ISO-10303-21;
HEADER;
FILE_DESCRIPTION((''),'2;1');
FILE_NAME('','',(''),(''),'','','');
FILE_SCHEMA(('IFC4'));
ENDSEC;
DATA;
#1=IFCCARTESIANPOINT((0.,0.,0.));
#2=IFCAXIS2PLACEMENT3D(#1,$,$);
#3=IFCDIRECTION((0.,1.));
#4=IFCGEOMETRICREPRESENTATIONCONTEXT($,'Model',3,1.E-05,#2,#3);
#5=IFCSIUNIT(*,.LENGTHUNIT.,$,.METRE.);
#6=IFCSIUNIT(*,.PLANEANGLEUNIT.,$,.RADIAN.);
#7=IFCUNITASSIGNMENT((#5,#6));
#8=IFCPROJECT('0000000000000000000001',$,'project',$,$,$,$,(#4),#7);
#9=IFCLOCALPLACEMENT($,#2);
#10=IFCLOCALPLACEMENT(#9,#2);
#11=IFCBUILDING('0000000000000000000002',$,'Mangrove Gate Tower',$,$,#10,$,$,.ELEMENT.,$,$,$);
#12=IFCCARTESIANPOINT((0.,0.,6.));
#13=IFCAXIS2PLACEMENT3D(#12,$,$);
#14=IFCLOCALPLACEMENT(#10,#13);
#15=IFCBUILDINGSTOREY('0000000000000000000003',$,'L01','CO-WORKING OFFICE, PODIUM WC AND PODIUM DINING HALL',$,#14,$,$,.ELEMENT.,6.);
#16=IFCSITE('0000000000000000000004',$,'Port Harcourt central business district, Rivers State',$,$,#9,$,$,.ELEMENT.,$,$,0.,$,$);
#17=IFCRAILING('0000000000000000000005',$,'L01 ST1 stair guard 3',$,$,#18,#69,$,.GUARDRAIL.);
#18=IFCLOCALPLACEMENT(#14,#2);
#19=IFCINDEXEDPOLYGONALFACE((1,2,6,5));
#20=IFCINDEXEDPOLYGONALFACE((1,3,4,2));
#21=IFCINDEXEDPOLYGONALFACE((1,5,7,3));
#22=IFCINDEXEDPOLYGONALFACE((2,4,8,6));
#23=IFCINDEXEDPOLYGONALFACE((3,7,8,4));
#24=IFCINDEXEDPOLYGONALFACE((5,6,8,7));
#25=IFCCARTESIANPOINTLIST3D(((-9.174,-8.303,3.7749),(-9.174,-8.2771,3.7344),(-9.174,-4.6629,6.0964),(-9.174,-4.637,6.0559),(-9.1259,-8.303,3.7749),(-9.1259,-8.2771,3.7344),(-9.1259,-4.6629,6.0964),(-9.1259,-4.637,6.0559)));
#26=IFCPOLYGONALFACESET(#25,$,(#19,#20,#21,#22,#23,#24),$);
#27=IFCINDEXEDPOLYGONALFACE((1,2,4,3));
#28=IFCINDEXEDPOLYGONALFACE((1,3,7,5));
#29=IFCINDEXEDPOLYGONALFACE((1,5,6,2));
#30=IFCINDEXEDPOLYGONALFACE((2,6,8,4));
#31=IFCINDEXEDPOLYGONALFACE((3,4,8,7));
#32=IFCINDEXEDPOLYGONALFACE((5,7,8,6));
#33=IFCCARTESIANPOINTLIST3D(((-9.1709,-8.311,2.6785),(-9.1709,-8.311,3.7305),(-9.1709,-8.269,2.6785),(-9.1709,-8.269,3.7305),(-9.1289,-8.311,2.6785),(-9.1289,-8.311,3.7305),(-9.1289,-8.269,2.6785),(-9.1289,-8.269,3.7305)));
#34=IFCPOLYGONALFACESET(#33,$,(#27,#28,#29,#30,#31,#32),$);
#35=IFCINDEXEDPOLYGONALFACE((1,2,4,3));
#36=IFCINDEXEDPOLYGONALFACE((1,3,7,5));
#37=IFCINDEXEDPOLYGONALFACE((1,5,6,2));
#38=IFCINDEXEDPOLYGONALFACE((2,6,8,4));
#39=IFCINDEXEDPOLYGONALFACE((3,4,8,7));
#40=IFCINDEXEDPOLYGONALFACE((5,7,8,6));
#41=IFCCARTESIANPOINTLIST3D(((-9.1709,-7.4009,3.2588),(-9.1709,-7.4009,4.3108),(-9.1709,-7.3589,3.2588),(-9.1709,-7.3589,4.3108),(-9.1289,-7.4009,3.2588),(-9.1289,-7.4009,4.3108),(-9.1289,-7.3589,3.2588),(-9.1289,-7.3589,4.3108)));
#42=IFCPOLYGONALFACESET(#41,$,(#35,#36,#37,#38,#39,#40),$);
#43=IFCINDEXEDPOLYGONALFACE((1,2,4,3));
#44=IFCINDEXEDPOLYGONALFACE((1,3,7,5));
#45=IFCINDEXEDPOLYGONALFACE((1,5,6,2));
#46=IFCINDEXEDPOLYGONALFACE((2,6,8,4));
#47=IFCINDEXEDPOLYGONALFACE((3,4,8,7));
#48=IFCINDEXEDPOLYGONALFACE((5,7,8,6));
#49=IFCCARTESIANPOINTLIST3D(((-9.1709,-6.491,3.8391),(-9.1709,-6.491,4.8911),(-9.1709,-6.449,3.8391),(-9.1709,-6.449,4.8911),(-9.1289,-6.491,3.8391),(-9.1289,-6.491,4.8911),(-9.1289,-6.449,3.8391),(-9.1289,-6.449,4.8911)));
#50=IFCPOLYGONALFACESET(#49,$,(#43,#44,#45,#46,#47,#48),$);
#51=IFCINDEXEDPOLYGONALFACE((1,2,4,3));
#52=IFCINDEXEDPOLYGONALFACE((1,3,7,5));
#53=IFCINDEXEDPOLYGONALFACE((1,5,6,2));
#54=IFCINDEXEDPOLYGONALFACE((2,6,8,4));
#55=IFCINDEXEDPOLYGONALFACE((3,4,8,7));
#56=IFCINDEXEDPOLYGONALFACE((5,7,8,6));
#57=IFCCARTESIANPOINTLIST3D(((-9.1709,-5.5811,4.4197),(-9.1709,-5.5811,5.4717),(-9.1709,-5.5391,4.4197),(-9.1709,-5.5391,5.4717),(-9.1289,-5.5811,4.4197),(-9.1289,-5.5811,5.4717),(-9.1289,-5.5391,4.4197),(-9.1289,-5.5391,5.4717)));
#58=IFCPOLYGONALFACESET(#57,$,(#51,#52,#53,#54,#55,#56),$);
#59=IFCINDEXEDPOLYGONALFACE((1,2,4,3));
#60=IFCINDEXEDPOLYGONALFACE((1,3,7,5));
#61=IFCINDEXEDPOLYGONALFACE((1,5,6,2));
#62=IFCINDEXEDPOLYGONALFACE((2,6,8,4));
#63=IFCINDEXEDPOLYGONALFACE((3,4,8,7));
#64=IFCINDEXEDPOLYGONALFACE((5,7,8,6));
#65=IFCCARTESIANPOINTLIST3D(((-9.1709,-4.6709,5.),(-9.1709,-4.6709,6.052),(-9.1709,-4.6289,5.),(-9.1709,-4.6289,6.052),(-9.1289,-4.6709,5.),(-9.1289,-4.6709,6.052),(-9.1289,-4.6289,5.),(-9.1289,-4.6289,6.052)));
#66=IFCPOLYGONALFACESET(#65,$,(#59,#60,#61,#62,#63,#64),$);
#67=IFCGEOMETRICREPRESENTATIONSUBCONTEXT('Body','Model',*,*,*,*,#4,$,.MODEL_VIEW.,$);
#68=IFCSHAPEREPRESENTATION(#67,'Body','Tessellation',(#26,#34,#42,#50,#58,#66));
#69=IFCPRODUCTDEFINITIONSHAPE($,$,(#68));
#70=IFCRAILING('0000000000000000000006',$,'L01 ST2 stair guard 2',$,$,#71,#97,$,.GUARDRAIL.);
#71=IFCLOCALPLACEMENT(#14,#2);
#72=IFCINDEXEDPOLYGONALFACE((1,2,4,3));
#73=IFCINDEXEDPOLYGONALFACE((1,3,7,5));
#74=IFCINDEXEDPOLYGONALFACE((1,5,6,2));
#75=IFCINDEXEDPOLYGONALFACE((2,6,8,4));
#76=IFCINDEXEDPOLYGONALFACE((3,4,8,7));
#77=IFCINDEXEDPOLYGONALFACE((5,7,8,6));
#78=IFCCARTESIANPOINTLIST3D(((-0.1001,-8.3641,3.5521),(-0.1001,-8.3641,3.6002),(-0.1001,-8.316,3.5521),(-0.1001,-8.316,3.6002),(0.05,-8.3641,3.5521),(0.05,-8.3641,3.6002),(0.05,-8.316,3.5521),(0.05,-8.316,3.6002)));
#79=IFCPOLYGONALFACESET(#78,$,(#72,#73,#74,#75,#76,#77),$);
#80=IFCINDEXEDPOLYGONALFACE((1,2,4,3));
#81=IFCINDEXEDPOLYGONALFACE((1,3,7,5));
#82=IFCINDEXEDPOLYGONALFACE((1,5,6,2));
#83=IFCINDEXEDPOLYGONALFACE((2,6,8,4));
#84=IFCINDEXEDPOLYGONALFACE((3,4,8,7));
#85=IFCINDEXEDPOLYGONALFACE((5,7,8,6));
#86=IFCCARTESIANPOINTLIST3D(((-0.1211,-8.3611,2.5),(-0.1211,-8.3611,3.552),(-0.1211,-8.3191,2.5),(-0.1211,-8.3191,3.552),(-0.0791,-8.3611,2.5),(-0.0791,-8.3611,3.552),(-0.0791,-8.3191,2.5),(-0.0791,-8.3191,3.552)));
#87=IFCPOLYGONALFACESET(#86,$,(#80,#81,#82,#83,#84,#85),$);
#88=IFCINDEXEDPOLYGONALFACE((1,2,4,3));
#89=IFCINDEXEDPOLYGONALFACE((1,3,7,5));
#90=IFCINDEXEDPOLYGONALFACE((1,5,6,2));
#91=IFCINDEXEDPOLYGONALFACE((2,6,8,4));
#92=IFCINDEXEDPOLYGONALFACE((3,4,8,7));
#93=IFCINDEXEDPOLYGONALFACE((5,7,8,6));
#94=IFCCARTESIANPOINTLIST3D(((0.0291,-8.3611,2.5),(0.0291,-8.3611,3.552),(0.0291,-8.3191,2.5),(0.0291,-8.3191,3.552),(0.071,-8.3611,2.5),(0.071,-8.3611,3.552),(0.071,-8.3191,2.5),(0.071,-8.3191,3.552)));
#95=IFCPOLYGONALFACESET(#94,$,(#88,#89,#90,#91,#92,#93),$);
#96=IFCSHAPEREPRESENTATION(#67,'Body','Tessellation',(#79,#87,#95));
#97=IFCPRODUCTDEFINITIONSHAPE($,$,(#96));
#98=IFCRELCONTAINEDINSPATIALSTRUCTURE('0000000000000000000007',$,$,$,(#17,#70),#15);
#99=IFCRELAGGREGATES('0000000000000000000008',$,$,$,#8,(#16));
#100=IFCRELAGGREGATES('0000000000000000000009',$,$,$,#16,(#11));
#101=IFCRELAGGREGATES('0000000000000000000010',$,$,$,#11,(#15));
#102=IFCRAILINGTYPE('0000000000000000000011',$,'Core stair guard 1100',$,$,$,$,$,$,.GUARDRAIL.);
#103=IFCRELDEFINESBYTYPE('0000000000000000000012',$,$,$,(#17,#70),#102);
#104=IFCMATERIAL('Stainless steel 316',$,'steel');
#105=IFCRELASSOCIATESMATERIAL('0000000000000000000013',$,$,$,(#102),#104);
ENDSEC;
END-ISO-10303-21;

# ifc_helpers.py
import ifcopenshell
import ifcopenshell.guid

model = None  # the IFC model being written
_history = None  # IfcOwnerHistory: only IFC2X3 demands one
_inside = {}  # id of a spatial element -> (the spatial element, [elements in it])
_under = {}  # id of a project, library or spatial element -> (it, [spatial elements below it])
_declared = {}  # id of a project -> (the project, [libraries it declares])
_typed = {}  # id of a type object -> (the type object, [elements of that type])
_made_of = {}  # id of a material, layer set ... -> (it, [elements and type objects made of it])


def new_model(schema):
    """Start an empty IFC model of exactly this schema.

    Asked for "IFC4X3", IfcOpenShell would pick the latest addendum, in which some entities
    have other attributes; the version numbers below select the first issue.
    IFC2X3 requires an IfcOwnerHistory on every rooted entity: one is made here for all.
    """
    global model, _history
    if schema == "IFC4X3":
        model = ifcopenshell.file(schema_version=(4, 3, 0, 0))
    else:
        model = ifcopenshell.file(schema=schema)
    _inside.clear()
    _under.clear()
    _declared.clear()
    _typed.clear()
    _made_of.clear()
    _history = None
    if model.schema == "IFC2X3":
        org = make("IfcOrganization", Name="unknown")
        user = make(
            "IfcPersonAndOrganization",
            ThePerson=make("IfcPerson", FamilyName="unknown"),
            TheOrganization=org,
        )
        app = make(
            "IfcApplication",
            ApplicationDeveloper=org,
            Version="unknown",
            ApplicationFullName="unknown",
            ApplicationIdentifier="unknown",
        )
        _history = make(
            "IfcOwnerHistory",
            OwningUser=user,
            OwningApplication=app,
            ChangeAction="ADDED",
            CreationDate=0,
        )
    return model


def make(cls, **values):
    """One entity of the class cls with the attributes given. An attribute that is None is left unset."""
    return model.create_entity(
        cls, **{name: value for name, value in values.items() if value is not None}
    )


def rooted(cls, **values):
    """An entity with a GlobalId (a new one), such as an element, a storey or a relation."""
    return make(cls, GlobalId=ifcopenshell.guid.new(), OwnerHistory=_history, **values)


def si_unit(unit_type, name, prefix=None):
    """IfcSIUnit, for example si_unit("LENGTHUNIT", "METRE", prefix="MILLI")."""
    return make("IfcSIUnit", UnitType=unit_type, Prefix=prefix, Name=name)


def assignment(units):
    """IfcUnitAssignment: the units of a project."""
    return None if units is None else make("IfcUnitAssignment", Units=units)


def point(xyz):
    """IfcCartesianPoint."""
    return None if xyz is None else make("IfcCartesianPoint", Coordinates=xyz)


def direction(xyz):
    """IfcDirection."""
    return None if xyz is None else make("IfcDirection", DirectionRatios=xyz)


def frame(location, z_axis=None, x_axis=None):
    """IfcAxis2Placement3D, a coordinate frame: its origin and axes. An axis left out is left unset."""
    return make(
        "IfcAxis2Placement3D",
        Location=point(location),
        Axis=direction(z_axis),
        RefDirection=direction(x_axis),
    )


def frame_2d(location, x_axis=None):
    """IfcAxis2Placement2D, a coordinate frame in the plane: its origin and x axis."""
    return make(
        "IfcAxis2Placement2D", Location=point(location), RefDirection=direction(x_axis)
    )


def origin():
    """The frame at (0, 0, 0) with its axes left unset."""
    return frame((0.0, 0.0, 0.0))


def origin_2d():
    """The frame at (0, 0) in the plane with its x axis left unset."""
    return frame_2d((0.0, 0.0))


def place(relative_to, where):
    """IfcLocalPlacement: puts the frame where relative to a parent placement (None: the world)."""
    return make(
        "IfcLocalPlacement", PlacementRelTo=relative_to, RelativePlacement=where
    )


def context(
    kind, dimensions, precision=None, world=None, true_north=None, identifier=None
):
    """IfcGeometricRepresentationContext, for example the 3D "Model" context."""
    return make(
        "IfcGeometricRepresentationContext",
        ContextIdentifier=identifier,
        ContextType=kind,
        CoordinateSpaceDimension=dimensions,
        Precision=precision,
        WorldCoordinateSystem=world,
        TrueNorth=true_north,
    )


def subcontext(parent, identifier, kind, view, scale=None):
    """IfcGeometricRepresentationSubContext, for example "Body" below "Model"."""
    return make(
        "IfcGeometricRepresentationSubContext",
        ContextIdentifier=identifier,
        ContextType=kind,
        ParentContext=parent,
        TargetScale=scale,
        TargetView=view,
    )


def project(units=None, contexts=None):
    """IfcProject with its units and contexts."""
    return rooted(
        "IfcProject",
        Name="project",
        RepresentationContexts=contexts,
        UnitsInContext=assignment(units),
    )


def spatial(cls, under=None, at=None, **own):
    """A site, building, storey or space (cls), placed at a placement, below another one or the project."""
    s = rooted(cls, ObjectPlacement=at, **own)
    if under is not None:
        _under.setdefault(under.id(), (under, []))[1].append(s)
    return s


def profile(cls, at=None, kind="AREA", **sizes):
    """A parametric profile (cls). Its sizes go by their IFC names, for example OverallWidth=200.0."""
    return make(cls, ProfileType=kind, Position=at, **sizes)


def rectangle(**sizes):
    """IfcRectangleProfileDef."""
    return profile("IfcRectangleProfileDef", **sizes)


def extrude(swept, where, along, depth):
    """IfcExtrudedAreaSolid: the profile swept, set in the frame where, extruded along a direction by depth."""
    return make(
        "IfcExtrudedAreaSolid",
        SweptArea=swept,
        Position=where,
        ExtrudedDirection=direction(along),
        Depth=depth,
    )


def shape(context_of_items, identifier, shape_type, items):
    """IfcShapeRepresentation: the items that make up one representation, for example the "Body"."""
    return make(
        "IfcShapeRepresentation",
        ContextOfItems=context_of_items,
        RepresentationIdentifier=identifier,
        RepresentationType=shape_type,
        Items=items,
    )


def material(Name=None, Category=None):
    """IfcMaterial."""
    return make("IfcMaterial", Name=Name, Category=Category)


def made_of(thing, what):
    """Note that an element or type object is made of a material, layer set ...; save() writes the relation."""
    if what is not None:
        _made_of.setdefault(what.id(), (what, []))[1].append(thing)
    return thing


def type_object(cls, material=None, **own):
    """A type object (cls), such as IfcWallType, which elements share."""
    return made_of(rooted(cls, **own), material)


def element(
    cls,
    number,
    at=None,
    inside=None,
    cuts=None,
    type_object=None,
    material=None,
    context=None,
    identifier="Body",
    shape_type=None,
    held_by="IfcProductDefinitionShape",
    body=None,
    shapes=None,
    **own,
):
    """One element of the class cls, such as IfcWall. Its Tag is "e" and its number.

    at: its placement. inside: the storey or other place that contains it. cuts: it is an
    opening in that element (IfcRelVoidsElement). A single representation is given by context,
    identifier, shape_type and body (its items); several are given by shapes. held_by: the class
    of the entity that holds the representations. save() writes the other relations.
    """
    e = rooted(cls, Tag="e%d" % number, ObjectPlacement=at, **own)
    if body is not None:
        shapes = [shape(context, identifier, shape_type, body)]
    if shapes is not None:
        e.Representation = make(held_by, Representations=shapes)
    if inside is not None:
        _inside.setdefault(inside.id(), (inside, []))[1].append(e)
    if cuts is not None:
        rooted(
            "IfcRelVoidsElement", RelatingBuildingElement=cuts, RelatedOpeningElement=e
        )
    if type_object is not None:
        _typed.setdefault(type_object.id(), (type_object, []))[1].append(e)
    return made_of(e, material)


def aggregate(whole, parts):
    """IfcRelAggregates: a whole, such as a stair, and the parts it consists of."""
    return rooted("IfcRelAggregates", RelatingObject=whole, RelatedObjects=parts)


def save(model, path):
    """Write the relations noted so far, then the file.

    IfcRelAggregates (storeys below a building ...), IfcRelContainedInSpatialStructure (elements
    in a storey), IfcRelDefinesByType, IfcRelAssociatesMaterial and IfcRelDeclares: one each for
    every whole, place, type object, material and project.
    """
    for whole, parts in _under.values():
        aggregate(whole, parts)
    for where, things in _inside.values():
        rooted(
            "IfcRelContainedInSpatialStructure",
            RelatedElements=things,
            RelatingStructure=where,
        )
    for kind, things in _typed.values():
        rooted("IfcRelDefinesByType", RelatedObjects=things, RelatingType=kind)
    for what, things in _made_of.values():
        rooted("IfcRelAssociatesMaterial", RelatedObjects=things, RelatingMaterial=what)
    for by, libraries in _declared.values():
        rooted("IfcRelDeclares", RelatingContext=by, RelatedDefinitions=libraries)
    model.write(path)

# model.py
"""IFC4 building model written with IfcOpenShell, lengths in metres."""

from ifc_helpers import new_model, si_unit, direction, frame, origin, origin_2d, place, context, subcontext, project, spatial, rectangle, extrude, material, type_object, element, save


model = new_model("IFC4")

# Units and contexts
model_context = context("Model", 3, precision=1e-05, world=origin(), true_north=direction((0.0, 1.0)))
body_context = subcontext(model_context, "Body", "Model", "MODEL_VIEW")
ifc_project = project(units=[si_unit("LENGTHUNIT", "METRE"), si_unit("PLANEANGLEUNIT", "RADIAN")], contexts=[model_context])

# Site, building, storey
site_placement = place(None, origin())
site = spatial("IfcSite", under=ifc_project, at=site_placement, Name="Port Harcourt central business district, Rivers State", CompositionType="ELEMENT", RefElevation=0.0)
building_placement = place(site_placement, origin())
building = spatial("IfcBuilding", under=site, at=building_placement, Name="Mangrove Gate Tower", CompositionType="ELEMENT")
storey_placement = place(building_placement, frame((0.0, 0.0, 6.0)))
storey = spatial("IfcBuildingStorey", under=building, at=storey_placement, Name="L01", Description="CO-WORKING OFFICE, PODIUM WC AND PODIUM DINING HALL", CompositionType="ELEMENT", Elevation=6.0)

# Railings
ifc_material_1 = material(Name="Stainless steel 316", Category="steel")
railing_type_1 = type_object("IfcRailingType", Name="Core stair guard 1100", PredefinedType="GUARDRAIL", material=ifc_material_1)
railing_1_placement = place(storey_placement, frame((-9.1499, -8.29, 2.6785)))
element("IfcRailing", 1, at=railing_1_placement, inside=storey, type_object=railing_type_1, Name="L01 ST1 stair guard 3", PredefinedType="GUARDRAIL", context=body_context, shape_type="SweptSolid", body=[
    extrude(rectangle(XDim=0.0481, YDim=0.0481, at=origin_2d()), frame((0.0, 0.0, 1.0762), z_axis=(0.0, 0.843128, 0.537713), x_axis=(-1.0, 0.0, 0.0)), (0.0, 0.0, 1.0), 4.3174),
    extrude(rectangle(XDim=0.042, YDim=0.042, at=origin_2d()), origin(), (0.0, 0.0, 1.0), 1.052),
    extrude(rectangle(XDim=0.042, YDim=0.042, at=origin_2d()), frame((0.0, 0.9102, 0.5803)), (0.0, 0.0, 1.0), 1.052),
    extrude(rectangle(XDim=0.042, YDim=0.042, at=origin_2d()), frame((0.0, 1.8201, 1.1606)), (0.0, 0.0, 1.0), 1.052),
    extrude(rectangle(XDim=0.042, YDim=0.042, at=origin_2d()), frame((0.0, 2.73, 1.7412)), (0.0, 0.0, 1.0), 1.052),
    extrude(rectangle(XDim=0.042, YDim=0.042, at=origin_2d()), frame((0.0, 3.6401, 2.3215)), (0.0, 0.0, 1.0), 1.052),
])
railing_2_placement = place(storey_placement, frame((-0.1001, -8.3401, 2.5)))
element("IfcRailing", 2, at=railing_2_placement, inside=storey, type_object=railing_type_1, Name="L01 ST2 stair guard 2", PredefinedType="GUARDRAIL", context=body_context, shape_type="SweptSolid", body=[
    extrude(rectangle(XDim=0.0481, YDim=0.0481, at=origin_2d()), frame((0.0, 0.0, 1.0762), z_axis=(1.0, 0.0, 0.0), x_axis=(0.0, 1.0, 0.0)), (0.0, 0.0, 1.0), 0.1501),
    extrude(rectangle(XDim=0.042, YDim=0.042, at=origin_2d()), origin(), (0.0, 0.0, 1.0), 1.052),
    extrude(rectangle(XDim=0.042, YDim=0.042, at=origin_2d()), frame((0.1501, 0.0, 0.0)), (0.0, 0.0, 1.0), 1.052),
])

save(model, "model.ifc")
